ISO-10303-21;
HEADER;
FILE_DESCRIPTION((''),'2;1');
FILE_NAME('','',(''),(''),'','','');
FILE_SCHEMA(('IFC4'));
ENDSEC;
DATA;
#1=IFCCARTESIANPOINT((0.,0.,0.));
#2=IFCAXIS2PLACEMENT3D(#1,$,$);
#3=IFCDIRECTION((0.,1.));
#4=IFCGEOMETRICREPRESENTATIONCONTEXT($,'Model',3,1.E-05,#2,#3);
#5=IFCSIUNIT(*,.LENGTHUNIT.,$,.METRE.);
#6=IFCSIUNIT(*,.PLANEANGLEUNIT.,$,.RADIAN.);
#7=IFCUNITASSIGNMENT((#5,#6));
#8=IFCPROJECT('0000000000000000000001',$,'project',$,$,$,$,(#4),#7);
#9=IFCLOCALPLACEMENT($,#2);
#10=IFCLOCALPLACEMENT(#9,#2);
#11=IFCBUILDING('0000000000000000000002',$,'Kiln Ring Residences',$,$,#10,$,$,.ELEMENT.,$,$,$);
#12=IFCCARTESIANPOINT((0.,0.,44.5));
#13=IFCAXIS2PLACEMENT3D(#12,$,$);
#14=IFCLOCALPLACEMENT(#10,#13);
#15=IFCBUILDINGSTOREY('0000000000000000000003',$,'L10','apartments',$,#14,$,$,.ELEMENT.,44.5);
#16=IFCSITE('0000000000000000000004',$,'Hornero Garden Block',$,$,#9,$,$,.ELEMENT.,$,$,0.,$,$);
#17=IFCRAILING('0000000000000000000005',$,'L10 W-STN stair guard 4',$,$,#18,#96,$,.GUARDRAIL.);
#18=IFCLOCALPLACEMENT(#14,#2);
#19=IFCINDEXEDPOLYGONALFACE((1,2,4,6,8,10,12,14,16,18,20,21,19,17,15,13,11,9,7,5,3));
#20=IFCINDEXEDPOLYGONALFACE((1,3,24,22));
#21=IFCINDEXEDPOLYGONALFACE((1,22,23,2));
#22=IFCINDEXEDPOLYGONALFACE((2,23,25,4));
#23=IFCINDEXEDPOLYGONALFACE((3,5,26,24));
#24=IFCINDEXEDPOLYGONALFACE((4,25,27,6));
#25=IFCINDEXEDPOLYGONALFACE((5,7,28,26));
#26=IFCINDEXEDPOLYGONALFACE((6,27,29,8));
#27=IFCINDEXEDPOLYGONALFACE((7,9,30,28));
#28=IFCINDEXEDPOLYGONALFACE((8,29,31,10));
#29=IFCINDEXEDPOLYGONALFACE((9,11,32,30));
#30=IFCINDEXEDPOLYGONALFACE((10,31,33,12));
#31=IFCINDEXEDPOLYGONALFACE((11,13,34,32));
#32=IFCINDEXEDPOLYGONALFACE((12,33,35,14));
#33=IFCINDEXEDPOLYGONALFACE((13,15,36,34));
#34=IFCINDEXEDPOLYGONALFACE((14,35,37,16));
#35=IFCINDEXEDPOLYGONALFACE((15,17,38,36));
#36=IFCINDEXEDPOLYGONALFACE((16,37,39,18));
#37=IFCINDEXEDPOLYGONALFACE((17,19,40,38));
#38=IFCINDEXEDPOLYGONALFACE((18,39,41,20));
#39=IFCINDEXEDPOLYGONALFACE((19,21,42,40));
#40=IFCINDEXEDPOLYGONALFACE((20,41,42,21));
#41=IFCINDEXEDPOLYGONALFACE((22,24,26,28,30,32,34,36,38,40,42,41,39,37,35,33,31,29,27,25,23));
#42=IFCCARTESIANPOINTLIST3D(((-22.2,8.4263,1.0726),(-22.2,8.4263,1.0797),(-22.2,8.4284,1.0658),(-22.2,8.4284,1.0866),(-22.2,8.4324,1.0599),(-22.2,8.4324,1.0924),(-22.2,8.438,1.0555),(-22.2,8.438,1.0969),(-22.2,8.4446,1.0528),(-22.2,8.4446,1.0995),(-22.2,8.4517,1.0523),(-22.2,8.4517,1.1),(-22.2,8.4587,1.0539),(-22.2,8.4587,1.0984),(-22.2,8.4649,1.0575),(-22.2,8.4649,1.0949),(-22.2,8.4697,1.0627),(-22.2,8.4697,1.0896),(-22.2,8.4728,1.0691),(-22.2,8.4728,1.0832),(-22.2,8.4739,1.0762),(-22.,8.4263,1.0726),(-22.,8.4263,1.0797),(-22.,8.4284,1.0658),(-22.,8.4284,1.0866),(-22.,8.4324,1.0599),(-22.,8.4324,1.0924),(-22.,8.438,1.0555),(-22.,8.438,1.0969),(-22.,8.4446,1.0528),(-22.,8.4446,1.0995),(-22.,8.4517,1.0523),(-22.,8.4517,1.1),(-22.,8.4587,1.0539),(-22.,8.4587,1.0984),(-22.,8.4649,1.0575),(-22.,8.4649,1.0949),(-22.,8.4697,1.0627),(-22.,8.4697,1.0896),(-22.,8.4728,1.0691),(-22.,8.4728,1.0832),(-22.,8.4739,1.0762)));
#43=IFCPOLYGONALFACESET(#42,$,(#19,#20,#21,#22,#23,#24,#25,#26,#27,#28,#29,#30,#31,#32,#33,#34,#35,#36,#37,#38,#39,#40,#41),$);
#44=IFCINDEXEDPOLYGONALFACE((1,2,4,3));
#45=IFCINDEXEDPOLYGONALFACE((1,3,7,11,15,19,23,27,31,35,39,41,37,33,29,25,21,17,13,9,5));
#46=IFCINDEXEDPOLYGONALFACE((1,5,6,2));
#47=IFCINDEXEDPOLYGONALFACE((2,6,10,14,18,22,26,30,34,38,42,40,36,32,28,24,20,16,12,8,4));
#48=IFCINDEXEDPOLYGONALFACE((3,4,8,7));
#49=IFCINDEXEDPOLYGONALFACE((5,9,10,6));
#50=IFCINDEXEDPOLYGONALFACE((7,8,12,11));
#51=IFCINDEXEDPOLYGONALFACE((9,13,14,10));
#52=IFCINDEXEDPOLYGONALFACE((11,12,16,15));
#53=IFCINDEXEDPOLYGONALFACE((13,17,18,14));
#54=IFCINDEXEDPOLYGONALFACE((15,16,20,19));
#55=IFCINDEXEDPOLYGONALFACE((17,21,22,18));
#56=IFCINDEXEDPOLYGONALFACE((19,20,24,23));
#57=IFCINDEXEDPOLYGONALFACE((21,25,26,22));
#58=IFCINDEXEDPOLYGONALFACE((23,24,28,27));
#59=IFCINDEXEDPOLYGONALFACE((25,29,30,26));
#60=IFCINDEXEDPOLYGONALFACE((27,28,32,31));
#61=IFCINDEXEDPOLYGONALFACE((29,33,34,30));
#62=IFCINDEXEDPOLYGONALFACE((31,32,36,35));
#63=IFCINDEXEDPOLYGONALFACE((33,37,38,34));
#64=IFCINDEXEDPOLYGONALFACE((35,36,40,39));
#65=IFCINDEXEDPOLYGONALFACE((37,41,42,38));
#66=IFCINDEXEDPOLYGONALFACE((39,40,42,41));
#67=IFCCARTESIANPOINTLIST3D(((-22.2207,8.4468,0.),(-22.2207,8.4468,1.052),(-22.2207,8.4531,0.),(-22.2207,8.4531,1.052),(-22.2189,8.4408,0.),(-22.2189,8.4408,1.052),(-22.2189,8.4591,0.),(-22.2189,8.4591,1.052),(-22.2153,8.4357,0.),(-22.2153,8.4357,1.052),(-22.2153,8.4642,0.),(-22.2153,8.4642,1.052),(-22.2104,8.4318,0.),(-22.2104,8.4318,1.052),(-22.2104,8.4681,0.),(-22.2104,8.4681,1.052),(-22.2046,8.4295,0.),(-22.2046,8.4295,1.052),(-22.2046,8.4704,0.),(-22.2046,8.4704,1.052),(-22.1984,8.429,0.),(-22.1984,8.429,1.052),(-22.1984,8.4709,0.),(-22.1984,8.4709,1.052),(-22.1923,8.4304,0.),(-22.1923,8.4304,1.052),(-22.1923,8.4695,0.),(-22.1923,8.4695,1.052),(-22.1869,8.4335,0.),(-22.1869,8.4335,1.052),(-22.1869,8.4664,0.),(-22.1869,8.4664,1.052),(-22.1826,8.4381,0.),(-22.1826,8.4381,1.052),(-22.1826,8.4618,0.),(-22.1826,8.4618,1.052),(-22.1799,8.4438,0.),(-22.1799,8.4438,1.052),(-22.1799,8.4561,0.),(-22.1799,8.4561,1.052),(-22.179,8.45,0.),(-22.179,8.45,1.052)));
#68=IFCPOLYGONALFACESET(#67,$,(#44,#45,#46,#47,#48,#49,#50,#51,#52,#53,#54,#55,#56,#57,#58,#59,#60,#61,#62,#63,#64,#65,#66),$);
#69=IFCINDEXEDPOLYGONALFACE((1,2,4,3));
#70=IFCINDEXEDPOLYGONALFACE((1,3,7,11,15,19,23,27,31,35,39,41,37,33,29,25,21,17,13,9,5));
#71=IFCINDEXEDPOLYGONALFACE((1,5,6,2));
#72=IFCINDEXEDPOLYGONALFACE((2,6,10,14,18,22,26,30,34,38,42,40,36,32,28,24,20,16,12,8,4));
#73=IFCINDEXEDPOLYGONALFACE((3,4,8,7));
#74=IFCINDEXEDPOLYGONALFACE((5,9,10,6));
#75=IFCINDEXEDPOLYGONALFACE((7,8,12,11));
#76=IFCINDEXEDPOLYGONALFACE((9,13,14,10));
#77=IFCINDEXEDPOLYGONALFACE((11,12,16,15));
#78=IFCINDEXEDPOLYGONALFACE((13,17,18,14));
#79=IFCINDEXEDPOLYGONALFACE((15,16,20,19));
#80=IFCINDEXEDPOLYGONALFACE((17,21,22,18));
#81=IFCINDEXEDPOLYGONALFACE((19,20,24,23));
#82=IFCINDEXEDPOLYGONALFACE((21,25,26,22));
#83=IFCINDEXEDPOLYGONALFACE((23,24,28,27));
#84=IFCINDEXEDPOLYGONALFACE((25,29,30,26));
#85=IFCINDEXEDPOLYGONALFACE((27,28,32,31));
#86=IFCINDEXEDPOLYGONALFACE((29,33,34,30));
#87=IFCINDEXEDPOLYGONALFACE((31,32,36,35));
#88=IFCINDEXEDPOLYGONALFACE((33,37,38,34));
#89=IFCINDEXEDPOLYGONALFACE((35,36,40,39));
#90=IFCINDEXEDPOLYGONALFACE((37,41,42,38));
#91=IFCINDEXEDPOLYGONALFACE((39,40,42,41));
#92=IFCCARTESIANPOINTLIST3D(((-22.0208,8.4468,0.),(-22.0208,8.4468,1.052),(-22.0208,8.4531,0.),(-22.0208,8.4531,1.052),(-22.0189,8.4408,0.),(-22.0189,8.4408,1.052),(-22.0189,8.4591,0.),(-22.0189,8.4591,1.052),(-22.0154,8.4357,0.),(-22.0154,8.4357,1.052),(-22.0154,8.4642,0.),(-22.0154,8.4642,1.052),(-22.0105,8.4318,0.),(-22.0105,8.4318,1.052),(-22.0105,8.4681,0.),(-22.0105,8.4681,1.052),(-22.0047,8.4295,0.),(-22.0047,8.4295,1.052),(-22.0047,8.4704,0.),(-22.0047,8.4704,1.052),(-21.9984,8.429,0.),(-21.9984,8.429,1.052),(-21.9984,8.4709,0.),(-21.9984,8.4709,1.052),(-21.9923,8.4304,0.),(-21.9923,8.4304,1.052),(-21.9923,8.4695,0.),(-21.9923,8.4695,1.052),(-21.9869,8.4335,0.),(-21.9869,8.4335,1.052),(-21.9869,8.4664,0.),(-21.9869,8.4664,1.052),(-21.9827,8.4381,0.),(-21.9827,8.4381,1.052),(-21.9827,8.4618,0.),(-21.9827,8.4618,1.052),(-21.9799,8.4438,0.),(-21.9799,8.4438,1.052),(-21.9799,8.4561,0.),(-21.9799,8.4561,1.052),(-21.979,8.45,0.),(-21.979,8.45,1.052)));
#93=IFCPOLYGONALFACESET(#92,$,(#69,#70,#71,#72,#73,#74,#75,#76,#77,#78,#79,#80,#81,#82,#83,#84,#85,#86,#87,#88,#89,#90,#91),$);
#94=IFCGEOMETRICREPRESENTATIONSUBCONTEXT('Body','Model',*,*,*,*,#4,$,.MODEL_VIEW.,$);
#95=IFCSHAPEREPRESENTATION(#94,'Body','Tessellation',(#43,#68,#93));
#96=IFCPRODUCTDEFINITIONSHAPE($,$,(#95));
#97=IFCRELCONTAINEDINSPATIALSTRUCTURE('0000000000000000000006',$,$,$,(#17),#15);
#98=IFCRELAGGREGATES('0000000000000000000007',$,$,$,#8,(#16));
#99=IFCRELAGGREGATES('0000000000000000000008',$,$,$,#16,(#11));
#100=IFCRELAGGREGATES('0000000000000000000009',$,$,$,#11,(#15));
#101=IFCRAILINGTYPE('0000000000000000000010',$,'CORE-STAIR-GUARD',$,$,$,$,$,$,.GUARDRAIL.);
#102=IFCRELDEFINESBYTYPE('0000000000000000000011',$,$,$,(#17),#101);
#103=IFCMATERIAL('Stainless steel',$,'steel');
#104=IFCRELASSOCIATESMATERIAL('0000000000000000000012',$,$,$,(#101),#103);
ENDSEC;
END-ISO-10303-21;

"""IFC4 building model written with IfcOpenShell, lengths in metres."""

from ifc_helpers import new_model, si_unit, direction, frame, origin, origin_2d, place, context, subcontext, project, spatial, circle, extrude, material, type_object, element, save


model = new_model("IFC4")

# Units and contexts
model_context = context("Model", 3, precision=1e-05, world=origin(), true_north=direction((0.0, 1.0)))
body_context = subcontext(model_context, "Body", "Model", "MODEL_VIEW")
ifc_project = project(units=[si_unit("LENGTHUNIT", "METRE"), si_unit("PLANEANGLEUNIT", "RADIAN")], contexts=[model_context])

# Site, building, storey
site_placement = place(None, origin())
site = spatial("IfcSite", under=ifc_project, at=site_placement, Name="Hornero Garden Block", CompositionType="ELEMENT", RefElevation=0.0)
building_placement = place(site_placement, origin())
building = spatial("IfcBuilding", under=site, at=building_placement, Name="Kiln Ring Residences", CompositionType="ELEMENT")
storey_placement = place(building_placement, frame((0.0, 0.0, 44.5)))
storey = spatial("IfcBuildingStorey", under=building, at=storey_placement, Name="L10", Description="apartments", CompositionType="ELEMENT", Elevation=44.5)

# Railing
ifc_material_1 = material(Name="Stainless steel", Category="steel")
railing_type_1 = type_object("IfcRailingType", Name="CORE-STAIR-GUARD", PredefinedType="GUARDRAIL", material=ifc_material_1)
railing_1_placement = place(storey_placement, frame((-22.2, 8.45, 0.0)))
element("IfcRailing", 1, at=railing_1_placement, inside=storey, type_object=railing_type_1, Name="L10 W-STN stair guard 4", PredefinedType="GUARDRAIL", context=body_context, shape_type="SweptSolid", body=[
    extrude(circle(Radius=0.0239, at=origin_2d()), frame((0.0, 0.0, 1.0762), z_axis=(1.0, 0.0, 0.0), x_axis=(0.0, 1.0, 0.0)), (0.0, 0.0, 1.0), 0.2),
    extrude(circle(Radius=0.021, at=origin_2d()), origin(), (0.0, 0.0, 1.0), 1.052),
    extrude(circle(Radius=0.021, at=origin_2d()), frame((0.2, 0.0, 0.0)), (0.0, 0.0, 1.0), 1.052),
])

save(model, "model.ifc")
